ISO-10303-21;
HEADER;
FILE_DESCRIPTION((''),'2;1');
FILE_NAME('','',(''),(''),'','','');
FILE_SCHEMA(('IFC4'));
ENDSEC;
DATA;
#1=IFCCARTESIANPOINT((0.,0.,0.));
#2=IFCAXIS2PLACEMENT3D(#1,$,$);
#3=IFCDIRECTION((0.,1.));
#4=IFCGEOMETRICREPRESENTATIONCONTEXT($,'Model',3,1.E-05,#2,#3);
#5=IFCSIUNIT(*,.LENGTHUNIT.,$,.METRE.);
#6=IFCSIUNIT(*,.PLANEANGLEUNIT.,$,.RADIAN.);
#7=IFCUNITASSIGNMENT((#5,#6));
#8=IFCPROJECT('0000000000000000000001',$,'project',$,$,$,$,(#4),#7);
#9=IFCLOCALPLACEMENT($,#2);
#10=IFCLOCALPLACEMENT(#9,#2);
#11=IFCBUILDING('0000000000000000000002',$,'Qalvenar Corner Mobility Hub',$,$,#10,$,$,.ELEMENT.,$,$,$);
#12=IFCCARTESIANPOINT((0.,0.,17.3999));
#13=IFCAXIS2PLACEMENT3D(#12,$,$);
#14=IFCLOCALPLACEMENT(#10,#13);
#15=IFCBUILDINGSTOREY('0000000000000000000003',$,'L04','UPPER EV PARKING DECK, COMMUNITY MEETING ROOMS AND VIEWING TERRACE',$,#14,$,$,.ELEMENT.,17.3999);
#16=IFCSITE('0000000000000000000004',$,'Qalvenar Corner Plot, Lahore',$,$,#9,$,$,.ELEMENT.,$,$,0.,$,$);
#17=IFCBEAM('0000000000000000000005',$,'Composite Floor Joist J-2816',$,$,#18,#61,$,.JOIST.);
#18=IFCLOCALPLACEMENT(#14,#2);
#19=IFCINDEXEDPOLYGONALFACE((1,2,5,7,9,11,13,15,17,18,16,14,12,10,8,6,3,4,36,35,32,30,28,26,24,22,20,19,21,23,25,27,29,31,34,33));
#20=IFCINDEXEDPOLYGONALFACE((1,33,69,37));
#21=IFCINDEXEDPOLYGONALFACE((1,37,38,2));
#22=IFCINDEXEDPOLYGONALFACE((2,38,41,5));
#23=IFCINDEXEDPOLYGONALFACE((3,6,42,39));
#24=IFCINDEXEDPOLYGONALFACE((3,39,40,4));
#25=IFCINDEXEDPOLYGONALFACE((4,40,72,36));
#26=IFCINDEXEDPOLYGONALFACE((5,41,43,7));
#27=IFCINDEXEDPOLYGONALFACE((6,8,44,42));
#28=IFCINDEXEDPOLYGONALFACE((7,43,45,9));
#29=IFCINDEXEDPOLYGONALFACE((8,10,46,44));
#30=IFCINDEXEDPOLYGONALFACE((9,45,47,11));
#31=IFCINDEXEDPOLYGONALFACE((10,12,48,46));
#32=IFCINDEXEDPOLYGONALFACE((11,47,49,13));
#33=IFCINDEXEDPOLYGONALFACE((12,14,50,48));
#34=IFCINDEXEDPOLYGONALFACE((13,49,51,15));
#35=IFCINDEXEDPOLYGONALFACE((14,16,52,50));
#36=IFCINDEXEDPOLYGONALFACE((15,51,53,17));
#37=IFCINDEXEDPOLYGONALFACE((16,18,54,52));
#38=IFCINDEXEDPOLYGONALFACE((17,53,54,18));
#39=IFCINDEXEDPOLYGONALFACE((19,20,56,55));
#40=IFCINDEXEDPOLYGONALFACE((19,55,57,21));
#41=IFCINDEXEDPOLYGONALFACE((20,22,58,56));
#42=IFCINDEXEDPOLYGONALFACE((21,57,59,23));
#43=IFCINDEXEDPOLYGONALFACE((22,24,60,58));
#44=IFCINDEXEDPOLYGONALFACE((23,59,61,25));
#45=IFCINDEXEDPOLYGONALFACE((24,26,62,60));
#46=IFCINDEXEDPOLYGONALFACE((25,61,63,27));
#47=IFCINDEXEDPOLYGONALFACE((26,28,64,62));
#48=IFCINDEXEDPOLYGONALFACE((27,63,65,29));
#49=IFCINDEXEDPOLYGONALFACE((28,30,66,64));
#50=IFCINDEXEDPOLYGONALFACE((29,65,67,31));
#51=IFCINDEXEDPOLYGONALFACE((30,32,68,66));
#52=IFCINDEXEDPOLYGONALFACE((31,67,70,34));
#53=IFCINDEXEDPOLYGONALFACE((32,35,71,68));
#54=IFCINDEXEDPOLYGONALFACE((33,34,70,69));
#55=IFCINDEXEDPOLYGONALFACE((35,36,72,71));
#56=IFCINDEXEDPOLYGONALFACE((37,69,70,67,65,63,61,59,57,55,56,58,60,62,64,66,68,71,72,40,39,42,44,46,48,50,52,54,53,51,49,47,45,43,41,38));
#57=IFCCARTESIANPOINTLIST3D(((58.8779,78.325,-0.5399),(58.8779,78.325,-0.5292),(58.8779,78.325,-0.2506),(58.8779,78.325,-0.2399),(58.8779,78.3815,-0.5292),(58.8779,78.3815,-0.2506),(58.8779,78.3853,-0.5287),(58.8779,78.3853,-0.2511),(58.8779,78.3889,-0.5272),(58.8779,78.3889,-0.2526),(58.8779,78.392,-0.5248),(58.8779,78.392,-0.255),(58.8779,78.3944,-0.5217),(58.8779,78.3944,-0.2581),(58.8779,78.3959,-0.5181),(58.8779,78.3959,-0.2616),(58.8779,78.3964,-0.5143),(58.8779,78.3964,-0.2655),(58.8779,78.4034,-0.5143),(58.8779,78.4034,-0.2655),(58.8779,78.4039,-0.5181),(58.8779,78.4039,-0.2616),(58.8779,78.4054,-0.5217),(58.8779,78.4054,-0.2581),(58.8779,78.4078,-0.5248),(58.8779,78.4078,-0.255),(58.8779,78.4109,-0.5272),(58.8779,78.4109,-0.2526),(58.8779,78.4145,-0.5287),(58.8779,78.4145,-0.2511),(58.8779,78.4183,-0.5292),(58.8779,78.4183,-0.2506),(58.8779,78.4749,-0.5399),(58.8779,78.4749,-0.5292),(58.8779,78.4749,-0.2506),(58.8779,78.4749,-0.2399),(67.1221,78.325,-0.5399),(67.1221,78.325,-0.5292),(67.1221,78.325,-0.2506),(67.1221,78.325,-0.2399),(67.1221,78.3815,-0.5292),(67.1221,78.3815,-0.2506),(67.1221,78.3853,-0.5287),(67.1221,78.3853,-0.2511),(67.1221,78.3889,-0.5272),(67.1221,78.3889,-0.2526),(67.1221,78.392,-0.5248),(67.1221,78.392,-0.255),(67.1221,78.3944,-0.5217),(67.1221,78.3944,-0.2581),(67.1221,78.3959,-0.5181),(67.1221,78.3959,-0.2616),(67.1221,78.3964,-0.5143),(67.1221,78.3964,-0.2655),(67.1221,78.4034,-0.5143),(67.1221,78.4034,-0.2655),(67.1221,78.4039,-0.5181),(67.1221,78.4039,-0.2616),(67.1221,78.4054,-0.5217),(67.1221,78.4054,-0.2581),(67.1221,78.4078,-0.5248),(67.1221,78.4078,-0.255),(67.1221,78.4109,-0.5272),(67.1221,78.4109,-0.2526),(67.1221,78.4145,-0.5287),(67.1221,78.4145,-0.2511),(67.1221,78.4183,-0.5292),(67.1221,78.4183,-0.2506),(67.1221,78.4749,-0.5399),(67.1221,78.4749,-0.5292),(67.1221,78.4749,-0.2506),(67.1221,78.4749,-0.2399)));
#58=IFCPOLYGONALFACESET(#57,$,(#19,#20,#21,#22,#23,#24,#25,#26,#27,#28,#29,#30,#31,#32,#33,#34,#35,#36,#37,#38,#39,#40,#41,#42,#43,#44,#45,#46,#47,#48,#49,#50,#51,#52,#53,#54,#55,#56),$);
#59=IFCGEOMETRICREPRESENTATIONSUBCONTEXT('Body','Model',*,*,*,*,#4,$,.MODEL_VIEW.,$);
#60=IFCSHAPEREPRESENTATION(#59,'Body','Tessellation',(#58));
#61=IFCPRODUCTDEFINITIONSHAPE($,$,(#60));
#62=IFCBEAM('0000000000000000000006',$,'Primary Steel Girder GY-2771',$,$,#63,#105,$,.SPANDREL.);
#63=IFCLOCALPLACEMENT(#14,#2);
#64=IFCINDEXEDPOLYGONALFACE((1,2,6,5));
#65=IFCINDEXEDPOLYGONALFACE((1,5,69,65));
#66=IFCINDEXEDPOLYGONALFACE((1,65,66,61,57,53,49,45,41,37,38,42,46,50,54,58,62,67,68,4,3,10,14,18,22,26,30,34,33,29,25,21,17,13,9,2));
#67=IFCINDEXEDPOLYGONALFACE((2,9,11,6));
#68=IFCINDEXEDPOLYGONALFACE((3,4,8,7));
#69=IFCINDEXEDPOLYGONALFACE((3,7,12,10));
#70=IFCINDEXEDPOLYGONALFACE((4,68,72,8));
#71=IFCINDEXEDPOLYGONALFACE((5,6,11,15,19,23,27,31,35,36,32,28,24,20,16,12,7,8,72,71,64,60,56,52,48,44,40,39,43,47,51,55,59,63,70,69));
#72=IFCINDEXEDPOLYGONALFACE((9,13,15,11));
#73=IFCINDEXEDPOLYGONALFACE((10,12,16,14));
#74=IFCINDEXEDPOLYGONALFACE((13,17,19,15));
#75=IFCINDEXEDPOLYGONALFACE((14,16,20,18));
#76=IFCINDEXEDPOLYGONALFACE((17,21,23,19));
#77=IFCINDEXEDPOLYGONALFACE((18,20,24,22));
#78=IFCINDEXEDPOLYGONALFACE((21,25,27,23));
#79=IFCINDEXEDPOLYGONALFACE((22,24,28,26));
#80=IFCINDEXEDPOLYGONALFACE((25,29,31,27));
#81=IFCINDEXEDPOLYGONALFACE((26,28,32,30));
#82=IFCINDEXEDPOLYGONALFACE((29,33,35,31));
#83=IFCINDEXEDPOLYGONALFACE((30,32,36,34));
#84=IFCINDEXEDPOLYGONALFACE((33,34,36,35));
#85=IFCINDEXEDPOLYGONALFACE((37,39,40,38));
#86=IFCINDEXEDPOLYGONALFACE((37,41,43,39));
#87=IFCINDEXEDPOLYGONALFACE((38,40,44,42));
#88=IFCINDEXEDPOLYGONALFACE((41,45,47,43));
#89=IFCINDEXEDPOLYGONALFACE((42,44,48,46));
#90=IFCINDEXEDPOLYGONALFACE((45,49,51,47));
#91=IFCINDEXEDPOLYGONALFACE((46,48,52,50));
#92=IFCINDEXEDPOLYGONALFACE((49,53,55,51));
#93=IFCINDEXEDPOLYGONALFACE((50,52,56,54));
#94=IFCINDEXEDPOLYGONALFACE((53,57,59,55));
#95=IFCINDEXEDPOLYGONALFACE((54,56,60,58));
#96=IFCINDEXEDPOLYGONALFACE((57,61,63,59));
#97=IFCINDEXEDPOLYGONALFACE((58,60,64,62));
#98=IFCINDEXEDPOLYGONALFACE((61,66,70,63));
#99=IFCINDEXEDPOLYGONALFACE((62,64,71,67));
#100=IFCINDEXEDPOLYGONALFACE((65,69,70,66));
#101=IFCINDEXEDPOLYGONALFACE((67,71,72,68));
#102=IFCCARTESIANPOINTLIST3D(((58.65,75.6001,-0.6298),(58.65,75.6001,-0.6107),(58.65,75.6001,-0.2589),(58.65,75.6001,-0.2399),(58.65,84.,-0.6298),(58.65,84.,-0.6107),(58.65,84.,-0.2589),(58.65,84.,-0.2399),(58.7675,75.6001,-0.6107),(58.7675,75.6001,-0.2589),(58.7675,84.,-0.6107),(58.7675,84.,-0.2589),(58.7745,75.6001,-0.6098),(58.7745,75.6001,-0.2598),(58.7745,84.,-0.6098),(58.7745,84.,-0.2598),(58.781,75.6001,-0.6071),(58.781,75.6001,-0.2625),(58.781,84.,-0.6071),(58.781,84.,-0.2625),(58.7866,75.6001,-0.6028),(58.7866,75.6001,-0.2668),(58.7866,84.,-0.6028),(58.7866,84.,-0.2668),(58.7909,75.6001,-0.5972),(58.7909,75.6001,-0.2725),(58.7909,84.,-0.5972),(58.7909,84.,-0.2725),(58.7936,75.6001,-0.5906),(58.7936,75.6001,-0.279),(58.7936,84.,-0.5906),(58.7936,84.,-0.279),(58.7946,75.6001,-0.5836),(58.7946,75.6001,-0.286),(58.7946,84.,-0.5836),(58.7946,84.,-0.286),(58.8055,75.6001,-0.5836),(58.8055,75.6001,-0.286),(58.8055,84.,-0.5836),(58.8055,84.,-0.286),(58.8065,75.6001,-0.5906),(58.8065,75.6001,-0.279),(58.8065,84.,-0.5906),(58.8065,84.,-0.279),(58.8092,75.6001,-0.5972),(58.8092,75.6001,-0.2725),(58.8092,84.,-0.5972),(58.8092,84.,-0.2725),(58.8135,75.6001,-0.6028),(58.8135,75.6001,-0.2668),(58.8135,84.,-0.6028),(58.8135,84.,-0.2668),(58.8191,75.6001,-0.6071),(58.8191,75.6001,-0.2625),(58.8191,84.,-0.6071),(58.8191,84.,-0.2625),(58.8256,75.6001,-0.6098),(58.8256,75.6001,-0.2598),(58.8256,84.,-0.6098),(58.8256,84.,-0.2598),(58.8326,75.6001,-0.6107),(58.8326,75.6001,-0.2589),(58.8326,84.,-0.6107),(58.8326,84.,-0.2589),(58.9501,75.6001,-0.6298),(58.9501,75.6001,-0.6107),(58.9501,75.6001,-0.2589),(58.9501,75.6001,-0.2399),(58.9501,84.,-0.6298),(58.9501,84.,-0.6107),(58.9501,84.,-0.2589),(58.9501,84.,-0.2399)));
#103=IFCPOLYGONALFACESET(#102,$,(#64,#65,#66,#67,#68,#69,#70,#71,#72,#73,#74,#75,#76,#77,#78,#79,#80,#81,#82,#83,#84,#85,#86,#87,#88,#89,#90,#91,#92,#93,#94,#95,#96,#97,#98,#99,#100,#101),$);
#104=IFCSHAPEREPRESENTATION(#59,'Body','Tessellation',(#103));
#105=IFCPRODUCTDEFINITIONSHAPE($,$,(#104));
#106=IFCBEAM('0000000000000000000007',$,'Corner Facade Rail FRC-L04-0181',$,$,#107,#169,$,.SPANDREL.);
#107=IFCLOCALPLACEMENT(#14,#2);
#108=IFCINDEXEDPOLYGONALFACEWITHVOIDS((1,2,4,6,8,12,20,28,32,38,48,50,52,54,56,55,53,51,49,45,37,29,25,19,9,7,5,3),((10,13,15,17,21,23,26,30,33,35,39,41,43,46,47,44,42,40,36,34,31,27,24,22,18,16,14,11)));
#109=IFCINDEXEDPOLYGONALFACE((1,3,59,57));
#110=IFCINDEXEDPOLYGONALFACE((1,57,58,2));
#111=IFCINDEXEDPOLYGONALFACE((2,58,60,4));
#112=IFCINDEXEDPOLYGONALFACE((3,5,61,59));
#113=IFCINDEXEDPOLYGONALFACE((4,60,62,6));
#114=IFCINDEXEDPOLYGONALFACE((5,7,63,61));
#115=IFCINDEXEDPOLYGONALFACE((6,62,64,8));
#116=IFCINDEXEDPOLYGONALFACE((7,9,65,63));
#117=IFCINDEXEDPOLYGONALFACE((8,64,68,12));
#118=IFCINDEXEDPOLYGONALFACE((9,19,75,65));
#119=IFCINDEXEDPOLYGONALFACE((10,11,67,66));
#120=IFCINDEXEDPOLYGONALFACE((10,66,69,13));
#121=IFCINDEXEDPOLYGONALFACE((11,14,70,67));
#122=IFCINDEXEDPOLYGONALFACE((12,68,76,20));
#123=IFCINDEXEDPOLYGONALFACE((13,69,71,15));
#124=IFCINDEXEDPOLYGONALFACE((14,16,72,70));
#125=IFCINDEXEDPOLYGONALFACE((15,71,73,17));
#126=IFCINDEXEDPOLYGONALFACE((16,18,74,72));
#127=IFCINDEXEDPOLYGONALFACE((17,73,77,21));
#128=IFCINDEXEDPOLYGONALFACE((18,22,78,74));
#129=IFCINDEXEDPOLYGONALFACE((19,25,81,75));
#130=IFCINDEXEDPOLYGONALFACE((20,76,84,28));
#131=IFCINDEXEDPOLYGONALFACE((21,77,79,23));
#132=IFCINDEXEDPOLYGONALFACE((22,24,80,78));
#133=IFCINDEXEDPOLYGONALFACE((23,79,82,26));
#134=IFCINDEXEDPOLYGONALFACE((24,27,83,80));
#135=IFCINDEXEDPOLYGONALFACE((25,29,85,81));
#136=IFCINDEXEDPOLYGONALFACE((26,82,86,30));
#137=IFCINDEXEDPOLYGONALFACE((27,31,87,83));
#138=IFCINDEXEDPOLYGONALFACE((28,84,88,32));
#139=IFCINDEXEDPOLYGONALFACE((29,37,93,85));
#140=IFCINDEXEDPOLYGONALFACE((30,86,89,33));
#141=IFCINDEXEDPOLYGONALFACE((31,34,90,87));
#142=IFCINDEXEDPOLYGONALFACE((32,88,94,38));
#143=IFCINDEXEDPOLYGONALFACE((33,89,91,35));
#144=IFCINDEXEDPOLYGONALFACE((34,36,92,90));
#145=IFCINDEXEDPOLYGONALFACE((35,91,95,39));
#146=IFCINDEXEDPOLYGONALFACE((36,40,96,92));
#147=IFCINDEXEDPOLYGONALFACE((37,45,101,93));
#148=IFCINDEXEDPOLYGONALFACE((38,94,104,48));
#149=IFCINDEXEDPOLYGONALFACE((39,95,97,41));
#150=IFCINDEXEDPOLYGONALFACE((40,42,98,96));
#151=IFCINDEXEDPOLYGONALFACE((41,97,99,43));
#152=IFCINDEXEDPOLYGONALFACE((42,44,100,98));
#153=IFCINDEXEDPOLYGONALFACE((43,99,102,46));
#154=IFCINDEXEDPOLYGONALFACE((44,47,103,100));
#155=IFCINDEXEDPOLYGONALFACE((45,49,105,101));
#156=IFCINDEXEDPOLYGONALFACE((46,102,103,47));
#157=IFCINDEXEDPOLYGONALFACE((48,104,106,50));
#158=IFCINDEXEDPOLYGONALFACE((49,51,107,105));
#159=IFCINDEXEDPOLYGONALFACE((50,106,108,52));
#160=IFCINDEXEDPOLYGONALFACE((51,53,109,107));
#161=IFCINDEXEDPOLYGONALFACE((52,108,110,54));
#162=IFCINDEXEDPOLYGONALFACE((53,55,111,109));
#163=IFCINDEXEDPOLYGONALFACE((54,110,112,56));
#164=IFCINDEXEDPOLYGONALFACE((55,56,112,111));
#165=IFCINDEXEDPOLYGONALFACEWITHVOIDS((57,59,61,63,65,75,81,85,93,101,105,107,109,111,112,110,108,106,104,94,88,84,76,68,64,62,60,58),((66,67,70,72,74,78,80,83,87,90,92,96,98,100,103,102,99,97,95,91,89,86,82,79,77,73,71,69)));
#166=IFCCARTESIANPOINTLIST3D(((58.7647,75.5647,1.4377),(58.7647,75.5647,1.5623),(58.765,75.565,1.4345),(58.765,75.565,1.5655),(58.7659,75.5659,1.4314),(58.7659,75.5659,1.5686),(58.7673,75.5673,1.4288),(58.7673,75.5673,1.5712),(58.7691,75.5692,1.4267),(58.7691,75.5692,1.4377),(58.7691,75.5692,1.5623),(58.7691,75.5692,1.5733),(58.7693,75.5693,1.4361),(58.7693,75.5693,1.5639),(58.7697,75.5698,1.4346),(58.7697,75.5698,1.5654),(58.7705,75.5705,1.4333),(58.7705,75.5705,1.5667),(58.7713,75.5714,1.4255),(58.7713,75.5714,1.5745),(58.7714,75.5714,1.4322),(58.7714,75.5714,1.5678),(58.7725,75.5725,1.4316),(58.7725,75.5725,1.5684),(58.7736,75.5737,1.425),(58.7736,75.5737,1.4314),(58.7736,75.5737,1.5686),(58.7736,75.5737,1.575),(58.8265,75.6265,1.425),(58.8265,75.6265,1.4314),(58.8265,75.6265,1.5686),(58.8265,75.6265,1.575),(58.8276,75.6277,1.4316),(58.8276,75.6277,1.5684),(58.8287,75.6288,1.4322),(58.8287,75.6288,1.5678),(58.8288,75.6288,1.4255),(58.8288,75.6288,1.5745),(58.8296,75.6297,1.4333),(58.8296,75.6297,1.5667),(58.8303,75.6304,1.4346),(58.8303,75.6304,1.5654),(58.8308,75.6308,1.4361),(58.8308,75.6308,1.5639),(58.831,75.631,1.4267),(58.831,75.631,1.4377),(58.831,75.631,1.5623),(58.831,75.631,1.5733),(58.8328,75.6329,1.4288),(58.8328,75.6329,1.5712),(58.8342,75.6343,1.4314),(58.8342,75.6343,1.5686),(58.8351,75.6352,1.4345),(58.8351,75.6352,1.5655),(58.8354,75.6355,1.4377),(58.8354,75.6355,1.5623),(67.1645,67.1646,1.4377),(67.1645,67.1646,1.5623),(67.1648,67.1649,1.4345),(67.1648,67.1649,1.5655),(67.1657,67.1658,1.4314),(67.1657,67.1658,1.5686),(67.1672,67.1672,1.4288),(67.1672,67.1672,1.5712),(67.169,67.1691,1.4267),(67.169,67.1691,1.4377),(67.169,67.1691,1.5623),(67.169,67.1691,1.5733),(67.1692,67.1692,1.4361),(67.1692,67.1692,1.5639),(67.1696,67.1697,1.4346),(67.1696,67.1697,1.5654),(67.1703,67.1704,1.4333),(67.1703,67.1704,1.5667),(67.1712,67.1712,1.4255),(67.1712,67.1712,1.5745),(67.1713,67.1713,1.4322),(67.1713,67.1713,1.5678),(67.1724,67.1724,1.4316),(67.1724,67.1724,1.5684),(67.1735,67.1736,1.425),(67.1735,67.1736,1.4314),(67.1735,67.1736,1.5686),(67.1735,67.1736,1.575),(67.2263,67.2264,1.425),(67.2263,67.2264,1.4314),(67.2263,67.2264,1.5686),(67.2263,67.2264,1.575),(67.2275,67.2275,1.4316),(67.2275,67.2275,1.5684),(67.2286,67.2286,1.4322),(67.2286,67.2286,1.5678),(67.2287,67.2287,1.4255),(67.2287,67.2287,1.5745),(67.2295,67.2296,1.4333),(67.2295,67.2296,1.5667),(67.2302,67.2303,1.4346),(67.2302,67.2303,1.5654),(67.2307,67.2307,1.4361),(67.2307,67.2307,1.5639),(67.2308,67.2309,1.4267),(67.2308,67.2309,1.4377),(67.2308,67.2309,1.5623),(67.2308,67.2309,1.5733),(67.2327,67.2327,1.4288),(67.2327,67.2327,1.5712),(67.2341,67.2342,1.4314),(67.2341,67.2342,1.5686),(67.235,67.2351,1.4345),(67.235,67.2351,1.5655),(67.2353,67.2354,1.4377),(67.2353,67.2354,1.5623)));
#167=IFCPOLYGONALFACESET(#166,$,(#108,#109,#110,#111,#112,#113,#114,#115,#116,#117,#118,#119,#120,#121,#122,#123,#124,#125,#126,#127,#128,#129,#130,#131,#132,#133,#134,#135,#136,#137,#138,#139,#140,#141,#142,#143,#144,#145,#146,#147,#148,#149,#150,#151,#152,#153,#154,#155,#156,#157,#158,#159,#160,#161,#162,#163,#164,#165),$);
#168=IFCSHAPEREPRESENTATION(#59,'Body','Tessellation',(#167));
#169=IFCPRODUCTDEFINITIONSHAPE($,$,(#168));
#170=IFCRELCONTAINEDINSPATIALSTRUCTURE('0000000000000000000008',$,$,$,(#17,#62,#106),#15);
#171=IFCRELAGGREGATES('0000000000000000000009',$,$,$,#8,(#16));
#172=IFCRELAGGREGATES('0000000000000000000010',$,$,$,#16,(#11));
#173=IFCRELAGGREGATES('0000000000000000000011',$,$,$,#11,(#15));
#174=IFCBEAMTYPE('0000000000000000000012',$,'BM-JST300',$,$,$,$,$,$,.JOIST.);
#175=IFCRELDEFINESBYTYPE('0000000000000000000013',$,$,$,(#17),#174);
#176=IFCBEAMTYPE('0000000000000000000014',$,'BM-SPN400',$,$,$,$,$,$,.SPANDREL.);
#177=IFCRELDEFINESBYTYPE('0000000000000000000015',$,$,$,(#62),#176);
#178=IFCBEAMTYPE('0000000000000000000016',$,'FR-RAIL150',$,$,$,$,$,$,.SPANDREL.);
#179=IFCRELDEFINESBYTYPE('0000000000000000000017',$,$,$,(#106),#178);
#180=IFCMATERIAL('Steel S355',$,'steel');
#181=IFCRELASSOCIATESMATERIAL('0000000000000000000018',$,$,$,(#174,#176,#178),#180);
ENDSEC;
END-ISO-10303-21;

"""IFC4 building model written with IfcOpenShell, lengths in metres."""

from ifc_helpers import new_model, si_unit, direction, frame, origin, origin_2d, place, context, subcontext, project, spatial, hollow_rectangle, i_section, extrude, material, material_profile, profile_set, type_object, element, save


model = new_model("IFC4")

# Units and contexts
model_context = context("Model", 3, precision=1e-05, world=origin(), true_north=direction((0.0, 1.0)))
body_context = subcontext(model_context, "Body", "Model", "MODEL_VIEW")
ifc_project = project(units=[si_unit("LENGTHUNIT", "METRE"), si_unit("PLANEANGLEUNIT", "RADIAN")], contexts=[model_context])

# Site, building, storey
site_placement = place(None, origin())
site = spatial("IfcSite", under=ifc_project, at=site_placement, Name="Qalvenar Corner Plot, Lahore", CompositionType="ELEMENT", RefElevation=0.0)
building_placement = place(site_placement, origin())
building = spatial("IfcBuilding", under=site, at=building_placement, Name="Qalvenar Corner Mobility Hub", CompositionType="ELEMENT")
storey_placement = place(building_placement, frame((0.0, 0.0, 17.3999)))
storey = spatial("IfcBuildingStorey", under=building, at=storey_placement, Name="L04", Description="UPPER EV PARKING DECK, COMMUNITY MEETING ROOMS AND VIEWING TERRACE", CompositionType="ELEMENT", Elevation=17.3999)

# Shared definitions
ifc_material_1 = material(Name="Steel S355", Category="steel")

# Beams
ifc_material_profile_1 = material_profile(ifc_material_1, i_section(OverallWidth=0.1499, OverallDepth=0.3, WebThickness=0.0071, FlangeThickness=0.0107, FilletRadius=0.0149, at=origin_2d()), Name="IPE300")
ifc_profile_set_1 = profile_set([ifc_material_profile_1], Name="Steel S355")
beam_type_1 = type_object("IfcBeamType", Name="BM-JST300", PredefinedType="JOIST", material=ifc_profile_set_1)
beam_1_placement = place(storey_placement, frame((58.8779, 78.3999, -0.3899), z_axis=(1.0, 0.0, 0.0), x_axis=(0.0, 1.0, 0.0)))
element("IfcBeam", 1, at=beam_1_placement, inside=storey, type_object=beam_type_1, Name="Composite Floor Joist J-2816", PredefinedType="JOIST", context=body_context, shape_type="SweptSolid", body=[
    extrude(i_section(OverallWidth=0.1499, OverallDepth=0.3, WebThickness=0.0071, FlangeThickness=0.0107, FilletRadius=0.0149, at=origin_2d()), origin(), (0.0, 0.0, 1.0), 8.2441),
])
ifc_material_profile_2 = material_profile(ifc_material_1, i_section(OverallWidth=0.3, OverallDepth=0.3899, WebThickness=0.011, FlangeThickness=0.019, FilletRadius=0.0271, at=origin_2d()), Name="HEA400")
ifc_profile_set_2 = profile_set([ifc_material_profile_2], Name="Steel S355")
beam_type_2 = type_object("IfcBeamType", Name="BM-SPN400", PredefinedType="SPANDREL", material=ifc_profile_set_2)
beam_2_placement = place(storey_placement, frame((58.8, 75.6001, -0.4348), z_axis=(0.0, 1.0, 0.0), x_axis=(-1.0, 0.0, 0.0)))
element("IfcBeam", 2, at=beam_2_placement, inside=storey, type_object=beam_type_2, Name="Primary Steel Girder GY-2771", PredefinedType="SPANDREL", context=body_context, shape_type="SweptSolid", body=[
    extrude(i_section(OverallWidth=0.3, OverallDepth=0.3899, WebThickness=0.011, FlangeThickness=0.019, FilletRadius=0.0271, at=origin_2d()), origin(), (0.0, 0.0, 1.0), 8.3999),
])
ifc_material_profile_3 = material_profile(ifc_material_1, hollow_rectangle(XDim=0.1001, YDim=0.1499, WallThickness=0.0063, InnerFilletRadius=0.0063, OuterFilletRadius=0.0127, at=origin_2d()), Name="RHS150x100x6.3")
ifc_profile_set_3 = profile_set([ifc_material_profile_3], Name="Steel S355")
beam_type_3 = type_object("IfcBeamType", Name="FR-RAIL150", PredefinedType="SPANDREL", material=ifc_profile_set_3)
for number, where, z_axis, x_axis, name in (
    (3, (58.8, 75.6001, 1.5), (0.707097, -0.707117, 0.0), (0.707117, 0.707097, 0.0), "Corner Facade Rail FRC-L04-0181"),
):
    element("IfcBeam", number, at=place(storey_placement, frame(where, z_axis=z_axis, x_axis=x_axis)), inside=storey, type_object=beam_type_3, Name=name, PredefinedType="SPANDREL", context=body_context, shape_type="SweptSolid", body=[
        extrude(hollow_rectangle(XDim=0.1001, YDim=0.1499, WallThickness=0.0063, InnerFilletRadius=0.0063, OuterFilletRadius=0.0127, at=origin_2d()), origin(), (0.0, 0.0, 1.0), 11.8794),
    ])

save(model, "model.ifc")
